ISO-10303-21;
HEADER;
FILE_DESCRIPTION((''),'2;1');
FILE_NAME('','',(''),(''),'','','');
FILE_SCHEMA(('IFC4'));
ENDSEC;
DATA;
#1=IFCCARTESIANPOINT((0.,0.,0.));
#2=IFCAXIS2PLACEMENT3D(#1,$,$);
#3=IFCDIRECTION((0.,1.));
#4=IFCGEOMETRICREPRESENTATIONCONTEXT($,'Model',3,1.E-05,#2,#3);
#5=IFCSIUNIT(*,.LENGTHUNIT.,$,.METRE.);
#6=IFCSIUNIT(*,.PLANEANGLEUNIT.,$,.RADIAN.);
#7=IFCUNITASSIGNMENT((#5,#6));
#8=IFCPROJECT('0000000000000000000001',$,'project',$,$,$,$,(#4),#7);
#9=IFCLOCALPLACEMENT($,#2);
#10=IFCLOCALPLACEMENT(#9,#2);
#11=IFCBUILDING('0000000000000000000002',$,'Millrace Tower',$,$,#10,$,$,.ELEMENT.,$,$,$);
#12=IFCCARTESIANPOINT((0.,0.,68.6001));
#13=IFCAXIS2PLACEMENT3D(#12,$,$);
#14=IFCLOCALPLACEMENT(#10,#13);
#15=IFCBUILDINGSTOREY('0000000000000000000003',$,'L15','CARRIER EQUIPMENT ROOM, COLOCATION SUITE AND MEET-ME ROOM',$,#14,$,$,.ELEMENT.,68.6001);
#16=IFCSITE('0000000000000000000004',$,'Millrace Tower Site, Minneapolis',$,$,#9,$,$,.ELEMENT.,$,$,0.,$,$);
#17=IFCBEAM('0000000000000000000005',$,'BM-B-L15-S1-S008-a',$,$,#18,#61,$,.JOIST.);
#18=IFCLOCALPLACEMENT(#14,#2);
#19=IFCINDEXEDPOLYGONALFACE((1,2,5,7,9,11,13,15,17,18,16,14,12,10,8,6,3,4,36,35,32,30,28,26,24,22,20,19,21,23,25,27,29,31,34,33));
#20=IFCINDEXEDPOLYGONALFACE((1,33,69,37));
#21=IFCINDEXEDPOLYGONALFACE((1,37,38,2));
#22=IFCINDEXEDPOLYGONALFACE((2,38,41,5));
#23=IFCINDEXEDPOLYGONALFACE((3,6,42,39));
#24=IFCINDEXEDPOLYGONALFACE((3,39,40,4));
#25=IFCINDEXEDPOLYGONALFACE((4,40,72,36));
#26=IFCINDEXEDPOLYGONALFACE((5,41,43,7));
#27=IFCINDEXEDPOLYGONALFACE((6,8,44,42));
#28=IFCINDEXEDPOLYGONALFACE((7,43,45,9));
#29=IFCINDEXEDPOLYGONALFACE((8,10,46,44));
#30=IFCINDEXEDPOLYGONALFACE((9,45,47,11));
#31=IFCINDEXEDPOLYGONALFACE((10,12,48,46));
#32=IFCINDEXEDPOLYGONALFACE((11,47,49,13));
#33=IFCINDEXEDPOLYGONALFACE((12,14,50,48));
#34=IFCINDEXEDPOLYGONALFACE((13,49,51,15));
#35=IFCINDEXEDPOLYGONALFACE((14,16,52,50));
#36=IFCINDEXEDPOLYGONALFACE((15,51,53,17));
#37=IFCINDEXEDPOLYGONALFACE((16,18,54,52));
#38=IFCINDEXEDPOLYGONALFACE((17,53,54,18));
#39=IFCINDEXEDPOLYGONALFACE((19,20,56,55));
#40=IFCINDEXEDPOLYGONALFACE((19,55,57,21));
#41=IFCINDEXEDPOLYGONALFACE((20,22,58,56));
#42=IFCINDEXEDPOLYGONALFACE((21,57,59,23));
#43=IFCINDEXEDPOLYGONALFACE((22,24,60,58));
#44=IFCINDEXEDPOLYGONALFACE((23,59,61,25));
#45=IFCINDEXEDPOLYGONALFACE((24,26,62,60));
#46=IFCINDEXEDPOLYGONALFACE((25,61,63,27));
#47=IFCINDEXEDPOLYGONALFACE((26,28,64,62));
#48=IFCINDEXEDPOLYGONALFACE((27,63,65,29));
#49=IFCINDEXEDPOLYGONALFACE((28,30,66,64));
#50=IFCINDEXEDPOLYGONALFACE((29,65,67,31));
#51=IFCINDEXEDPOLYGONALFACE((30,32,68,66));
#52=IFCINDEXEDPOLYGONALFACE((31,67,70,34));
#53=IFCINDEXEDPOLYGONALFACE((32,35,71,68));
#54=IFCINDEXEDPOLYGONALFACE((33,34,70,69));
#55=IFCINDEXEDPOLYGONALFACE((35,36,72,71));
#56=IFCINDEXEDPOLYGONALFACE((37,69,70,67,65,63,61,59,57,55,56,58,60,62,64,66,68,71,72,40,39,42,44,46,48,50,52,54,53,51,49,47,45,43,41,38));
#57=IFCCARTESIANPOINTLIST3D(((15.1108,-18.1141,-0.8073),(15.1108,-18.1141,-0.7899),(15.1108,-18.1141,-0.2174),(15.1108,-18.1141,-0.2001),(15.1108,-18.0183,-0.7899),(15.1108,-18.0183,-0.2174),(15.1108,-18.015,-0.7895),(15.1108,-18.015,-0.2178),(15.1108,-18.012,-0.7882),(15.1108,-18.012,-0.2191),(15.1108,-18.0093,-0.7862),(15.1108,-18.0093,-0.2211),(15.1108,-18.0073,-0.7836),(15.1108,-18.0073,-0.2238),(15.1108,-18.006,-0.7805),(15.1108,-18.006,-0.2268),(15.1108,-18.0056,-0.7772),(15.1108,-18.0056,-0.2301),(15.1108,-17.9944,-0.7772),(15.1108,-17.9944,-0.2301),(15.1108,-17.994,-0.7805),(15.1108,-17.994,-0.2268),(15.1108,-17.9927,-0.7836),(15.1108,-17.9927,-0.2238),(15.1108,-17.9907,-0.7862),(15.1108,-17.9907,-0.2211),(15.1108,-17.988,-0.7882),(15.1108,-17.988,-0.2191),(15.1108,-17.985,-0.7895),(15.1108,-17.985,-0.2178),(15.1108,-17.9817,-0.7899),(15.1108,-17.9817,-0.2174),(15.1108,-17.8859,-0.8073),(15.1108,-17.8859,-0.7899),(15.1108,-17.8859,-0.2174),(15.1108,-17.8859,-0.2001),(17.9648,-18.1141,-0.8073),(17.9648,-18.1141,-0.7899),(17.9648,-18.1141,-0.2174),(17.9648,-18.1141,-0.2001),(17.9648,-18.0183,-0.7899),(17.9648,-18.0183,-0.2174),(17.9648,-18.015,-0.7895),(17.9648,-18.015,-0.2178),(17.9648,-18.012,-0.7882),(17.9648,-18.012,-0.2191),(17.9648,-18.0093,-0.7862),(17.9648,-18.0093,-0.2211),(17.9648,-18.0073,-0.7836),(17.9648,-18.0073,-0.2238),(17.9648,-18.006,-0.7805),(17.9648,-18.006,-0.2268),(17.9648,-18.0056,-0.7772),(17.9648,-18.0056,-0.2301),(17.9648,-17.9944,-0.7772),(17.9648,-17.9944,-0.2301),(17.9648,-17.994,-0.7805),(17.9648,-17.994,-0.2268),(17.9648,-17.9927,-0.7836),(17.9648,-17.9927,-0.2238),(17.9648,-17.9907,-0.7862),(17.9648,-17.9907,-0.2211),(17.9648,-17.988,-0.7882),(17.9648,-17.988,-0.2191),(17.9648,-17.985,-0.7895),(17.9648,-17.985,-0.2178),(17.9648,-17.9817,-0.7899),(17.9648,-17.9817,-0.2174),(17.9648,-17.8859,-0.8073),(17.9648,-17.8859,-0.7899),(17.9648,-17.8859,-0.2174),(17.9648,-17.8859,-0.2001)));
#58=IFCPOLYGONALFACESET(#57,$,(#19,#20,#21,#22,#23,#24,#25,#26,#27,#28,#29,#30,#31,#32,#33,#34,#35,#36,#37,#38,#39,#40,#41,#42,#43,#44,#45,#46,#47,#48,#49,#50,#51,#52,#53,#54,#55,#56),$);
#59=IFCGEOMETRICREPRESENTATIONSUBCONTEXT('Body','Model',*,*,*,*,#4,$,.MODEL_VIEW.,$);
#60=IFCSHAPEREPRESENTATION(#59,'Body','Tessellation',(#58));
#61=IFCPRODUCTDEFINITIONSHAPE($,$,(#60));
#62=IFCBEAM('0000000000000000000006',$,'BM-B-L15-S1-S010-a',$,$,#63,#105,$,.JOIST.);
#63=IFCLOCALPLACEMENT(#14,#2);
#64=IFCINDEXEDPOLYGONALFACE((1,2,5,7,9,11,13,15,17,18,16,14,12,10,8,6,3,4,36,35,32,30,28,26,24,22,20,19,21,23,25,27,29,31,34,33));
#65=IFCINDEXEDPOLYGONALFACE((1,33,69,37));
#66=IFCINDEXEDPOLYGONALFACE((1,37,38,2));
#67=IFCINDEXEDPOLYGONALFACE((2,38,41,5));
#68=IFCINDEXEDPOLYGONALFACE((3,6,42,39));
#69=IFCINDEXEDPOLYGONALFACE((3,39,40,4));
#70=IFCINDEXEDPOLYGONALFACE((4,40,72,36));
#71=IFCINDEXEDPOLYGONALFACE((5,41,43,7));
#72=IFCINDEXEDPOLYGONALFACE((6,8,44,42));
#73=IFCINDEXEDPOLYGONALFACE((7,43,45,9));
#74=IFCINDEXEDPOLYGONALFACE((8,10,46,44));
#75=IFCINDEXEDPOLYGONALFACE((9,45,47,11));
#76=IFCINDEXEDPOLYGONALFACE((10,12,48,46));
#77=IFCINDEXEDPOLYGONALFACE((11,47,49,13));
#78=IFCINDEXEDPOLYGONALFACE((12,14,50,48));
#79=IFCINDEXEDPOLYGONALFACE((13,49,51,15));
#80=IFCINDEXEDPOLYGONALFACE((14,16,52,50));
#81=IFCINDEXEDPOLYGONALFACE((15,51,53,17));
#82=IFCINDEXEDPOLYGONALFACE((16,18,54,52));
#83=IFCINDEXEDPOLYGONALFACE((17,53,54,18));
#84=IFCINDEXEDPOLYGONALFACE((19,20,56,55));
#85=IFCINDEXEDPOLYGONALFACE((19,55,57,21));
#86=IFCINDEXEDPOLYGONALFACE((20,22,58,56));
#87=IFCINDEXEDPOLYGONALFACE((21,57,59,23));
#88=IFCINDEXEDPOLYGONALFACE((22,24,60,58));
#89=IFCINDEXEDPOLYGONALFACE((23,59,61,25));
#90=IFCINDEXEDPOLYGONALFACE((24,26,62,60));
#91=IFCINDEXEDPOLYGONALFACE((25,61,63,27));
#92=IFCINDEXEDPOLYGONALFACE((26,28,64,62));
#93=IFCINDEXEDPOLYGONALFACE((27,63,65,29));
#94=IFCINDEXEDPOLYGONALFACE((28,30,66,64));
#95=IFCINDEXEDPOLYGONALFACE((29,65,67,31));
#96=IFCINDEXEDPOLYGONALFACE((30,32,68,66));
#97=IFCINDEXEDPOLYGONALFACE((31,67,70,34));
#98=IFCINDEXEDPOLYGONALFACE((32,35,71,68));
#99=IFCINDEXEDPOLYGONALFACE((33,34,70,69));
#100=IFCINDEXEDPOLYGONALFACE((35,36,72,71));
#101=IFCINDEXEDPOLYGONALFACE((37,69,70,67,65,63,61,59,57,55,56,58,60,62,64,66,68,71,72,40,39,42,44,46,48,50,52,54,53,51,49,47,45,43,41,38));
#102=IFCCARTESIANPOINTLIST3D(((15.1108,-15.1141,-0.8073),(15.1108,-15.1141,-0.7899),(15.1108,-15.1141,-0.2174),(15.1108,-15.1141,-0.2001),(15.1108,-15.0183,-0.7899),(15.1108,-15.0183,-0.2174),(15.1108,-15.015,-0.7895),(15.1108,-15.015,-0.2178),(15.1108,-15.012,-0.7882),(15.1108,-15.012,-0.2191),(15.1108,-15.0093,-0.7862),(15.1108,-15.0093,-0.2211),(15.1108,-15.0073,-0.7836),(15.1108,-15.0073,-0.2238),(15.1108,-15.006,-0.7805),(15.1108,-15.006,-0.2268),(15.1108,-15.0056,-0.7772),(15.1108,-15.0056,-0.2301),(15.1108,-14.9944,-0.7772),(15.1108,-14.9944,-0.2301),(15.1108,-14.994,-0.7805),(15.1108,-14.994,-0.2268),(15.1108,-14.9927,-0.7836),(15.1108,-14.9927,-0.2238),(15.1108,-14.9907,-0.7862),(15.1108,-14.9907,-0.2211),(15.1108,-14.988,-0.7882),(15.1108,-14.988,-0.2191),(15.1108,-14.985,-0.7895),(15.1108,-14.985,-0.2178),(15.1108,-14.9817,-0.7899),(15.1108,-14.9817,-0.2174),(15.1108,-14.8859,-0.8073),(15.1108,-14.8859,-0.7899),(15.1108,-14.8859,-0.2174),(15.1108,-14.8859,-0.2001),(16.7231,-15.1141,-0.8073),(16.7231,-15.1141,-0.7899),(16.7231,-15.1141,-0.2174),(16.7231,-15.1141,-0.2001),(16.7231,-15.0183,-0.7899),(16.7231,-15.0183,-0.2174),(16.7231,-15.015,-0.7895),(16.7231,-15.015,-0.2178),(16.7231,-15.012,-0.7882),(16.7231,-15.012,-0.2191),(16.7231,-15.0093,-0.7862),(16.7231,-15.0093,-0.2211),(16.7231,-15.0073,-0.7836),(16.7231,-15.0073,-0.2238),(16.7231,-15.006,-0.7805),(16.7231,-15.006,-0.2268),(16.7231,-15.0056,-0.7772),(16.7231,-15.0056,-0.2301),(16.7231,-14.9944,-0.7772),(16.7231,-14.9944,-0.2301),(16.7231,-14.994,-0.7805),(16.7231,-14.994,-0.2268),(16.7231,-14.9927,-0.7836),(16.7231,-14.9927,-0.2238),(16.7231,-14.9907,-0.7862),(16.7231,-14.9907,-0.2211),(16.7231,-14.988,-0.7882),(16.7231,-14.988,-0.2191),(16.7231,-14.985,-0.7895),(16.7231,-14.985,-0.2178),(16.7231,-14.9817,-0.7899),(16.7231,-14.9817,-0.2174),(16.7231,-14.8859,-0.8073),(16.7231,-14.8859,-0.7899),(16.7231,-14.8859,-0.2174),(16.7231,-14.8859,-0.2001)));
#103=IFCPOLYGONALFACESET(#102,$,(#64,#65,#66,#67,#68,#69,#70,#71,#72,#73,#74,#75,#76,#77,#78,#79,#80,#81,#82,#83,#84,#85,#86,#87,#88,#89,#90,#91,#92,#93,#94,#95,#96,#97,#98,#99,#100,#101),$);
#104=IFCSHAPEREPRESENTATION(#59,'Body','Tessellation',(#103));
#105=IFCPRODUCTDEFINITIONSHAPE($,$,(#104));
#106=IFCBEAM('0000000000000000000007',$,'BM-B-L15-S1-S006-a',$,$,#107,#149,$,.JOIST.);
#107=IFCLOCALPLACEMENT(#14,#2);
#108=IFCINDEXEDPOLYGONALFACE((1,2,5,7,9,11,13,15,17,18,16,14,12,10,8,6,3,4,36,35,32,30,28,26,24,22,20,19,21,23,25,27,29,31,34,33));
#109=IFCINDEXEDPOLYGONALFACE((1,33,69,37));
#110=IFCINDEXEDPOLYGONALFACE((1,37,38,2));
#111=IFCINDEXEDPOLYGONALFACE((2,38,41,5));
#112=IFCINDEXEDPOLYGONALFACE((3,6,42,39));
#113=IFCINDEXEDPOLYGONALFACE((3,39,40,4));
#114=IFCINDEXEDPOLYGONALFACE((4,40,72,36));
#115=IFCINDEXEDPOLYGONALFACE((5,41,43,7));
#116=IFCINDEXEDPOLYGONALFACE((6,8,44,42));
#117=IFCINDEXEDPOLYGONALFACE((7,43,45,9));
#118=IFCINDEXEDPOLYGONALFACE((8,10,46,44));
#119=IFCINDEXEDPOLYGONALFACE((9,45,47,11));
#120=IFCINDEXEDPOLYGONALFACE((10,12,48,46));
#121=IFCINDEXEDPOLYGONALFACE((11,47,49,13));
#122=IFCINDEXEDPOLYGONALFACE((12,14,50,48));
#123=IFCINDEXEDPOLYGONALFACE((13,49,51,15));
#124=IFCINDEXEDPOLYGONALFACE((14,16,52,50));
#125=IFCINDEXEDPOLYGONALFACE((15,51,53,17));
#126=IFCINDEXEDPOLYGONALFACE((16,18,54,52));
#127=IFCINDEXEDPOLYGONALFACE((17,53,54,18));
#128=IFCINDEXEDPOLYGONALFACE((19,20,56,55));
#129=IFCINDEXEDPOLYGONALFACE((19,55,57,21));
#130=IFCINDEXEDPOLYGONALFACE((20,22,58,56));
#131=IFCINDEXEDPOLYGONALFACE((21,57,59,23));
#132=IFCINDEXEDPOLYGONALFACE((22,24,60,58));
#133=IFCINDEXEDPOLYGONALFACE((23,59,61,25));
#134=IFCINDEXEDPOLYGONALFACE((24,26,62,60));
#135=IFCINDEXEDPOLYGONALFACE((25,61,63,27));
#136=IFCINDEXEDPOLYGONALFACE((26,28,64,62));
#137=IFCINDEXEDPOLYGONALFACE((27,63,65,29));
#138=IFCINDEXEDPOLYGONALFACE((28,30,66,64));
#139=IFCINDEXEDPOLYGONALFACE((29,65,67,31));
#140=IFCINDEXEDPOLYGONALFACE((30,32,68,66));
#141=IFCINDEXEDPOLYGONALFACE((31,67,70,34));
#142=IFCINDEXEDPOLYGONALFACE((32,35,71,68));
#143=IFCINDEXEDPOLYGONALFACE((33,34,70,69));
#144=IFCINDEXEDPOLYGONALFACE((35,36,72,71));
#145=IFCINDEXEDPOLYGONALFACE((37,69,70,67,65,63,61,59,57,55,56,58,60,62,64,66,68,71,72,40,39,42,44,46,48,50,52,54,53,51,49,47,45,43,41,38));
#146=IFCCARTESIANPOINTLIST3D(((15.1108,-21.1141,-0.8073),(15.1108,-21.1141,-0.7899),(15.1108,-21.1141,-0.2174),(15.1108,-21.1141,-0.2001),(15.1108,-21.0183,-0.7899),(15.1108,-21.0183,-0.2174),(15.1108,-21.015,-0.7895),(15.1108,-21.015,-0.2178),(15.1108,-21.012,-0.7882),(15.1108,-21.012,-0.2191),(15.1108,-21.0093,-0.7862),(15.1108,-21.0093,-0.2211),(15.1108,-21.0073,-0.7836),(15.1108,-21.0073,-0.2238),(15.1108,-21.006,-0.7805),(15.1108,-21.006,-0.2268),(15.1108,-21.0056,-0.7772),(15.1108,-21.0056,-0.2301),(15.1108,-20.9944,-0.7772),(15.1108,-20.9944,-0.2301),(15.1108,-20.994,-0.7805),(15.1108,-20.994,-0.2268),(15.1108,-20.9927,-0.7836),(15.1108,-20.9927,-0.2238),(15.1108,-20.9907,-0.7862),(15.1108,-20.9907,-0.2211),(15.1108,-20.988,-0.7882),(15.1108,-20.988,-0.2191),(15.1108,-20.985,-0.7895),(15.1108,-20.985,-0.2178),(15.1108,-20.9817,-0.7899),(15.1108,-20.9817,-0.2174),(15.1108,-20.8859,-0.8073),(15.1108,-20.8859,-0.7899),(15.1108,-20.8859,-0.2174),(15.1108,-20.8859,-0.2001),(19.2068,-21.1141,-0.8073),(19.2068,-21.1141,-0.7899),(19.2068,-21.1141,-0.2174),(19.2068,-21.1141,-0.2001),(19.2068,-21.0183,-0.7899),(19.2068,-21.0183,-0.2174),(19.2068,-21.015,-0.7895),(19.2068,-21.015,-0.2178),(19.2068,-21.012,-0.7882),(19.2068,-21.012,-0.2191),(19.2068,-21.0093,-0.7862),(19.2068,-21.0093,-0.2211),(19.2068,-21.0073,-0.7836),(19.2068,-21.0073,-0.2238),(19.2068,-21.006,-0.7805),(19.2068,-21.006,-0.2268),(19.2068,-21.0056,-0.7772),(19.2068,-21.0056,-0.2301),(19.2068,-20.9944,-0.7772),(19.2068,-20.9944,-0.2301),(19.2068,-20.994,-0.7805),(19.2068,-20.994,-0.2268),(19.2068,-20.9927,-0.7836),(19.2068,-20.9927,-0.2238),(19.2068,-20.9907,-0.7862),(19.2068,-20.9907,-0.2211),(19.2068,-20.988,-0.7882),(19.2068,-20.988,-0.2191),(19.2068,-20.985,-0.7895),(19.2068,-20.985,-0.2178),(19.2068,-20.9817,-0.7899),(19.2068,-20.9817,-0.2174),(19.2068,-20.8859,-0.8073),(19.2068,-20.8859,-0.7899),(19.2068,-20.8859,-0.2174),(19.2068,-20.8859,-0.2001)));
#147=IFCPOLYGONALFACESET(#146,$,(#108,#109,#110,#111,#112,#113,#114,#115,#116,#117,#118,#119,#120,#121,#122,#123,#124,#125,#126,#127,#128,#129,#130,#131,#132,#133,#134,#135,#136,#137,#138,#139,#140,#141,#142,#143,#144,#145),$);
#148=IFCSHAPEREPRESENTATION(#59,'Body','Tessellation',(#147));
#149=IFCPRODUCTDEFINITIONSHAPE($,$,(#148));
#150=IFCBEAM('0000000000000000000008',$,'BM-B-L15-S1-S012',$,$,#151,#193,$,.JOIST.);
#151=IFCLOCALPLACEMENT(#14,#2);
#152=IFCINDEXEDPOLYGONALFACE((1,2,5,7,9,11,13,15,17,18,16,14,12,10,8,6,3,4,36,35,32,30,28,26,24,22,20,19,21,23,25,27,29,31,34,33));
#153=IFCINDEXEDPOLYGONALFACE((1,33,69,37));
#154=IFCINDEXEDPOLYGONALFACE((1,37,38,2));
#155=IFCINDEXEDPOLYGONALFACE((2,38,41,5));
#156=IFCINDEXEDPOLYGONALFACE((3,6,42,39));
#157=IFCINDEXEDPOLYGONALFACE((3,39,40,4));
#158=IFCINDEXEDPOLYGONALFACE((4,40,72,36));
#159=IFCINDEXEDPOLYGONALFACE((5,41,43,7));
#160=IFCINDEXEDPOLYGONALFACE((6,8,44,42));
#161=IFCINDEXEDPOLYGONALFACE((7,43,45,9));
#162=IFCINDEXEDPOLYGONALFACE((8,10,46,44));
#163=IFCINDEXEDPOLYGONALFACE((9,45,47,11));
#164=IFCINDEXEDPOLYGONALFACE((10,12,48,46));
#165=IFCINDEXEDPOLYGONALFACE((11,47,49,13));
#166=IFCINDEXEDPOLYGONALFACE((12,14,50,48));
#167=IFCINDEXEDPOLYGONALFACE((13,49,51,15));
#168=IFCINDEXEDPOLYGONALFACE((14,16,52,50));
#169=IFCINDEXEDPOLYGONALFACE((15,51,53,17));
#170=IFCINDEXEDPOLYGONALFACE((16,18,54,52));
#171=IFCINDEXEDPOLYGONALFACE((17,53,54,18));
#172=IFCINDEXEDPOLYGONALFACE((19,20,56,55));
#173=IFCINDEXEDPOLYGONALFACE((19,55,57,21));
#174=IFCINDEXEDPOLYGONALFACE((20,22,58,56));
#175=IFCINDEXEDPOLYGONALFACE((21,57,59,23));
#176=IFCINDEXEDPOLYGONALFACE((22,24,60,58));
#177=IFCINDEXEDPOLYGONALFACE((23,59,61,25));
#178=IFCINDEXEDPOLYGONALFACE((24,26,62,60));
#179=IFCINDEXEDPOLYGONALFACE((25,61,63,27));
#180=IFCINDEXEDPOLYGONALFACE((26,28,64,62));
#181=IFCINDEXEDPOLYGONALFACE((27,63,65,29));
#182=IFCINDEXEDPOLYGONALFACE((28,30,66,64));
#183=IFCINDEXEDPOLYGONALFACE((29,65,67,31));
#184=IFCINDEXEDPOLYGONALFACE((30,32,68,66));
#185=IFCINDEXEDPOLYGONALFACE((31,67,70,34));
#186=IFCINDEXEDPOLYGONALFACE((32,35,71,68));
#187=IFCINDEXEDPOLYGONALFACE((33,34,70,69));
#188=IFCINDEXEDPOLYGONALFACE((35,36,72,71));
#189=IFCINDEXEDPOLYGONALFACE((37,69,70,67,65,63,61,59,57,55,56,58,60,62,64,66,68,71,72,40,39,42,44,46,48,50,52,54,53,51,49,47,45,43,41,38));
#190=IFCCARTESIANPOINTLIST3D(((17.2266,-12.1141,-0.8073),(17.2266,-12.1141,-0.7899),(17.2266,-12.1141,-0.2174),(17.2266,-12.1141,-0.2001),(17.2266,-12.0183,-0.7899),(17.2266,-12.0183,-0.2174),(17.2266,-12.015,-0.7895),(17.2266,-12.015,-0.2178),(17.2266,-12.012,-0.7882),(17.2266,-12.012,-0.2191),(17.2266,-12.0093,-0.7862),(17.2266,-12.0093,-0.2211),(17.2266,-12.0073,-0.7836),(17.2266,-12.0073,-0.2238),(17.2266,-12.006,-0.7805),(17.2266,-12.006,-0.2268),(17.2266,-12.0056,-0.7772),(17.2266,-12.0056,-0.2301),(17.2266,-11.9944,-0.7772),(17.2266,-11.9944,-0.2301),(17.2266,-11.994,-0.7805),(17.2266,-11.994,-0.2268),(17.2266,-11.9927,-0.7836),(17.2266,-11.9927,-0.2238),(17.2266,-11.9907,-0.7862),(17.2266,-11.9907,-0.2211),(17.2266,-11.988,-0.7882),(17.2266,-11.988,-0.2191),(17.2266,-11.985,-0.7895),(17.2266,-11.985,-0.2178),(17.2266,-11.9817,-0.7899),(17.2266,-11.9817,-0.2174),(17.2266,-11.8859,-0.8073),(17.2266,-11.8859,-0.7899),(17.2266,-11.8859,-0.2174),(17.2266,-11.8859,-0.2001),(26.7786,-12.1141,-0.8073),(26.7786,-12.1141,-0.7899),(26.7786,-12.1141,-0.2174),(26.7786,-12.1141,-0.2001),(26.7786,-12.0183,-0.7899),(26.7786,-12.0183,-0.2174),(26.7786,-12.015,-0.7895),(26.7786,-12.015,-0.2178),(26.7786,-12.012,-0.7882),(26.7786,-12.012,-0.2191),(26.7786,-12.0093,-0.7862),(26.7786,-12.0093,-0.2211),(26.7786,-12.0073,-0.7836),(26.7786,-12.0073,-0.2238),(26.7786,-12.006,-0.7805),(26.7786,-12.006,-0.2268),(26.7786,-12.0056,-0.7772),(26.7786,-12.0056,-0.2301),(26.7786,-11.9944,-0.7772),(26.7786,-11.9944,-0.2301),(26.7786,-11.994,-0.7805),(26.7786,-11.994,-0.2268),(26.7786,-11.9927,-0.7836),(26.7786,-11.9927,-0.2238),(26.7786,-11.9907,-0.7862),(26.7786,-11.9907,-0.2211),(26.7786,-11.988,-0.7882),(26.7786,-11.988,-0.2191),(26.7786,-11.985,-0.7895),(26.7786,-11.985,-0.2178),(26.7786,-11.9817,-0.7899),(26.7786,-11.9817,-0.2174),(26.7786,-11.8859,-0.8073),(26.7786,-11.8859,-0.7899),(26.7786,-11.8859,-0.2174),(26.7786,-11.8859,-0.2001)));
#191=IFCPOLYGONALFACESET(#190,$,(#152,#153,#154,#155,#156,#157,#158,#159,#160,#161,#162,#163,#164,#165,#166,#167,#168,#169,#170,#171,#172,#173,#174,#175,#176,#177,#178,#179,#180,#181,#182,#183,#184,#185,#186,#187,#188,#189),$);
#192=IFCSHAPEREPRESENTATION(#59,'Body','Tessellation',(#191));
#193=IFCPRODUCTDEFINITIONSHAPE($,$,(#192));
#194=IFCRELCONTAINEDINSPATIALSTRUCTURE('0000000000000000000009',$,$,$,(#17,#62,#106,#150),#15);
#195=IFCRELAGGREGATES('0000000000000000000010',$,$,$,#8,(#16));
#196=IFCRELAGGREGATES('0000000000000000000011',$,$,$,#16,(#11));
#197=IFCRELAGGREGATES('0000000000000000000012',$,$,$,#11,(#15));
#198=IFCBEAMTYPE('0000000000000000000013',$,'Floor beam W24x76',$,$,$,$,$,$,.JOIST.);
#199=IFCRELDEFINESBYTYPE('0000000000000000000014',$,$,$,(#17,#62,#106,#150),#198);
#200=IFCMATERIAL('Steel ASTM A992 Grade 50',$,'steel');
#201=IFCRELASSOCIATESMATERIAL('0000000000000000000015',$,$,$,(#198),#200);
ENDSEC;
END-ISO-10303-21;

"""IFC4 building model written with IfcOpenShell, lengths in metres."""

from ifc_helpers import new_model, si_unit, direction, frame, origin, origin_2d, place, context, subcontext, project, spatial, i_section, extrude, material, material_profile, profile_set, type_object, element, save


model = new_model("IFC4")

# Units and contexts
model_context = context("Model", 3, precision=1e-05, world=origin(), true_north=direction((0.0, 1.0)))
body_context = subcontext(model_context, "Body", "Model", "MODEL_VIEW")
ifc_project = project(units=[si_unit("LENGTHUNIT", "METRE"), si_unit("PLANEANGLEUNIT", "RADIAN")], contexts=[model_context])

# Site, building, storey
site_placement = place(None, origin())
site = spatial("IfcSite", under=ifc_project, at=site_placement, Name="Millrace Tower Site, Minneapolis", CompositionType="ELEMENT", RefElevation=0.0)
building_placement = place(site_placement, origin())
building = spatial("IfcBuilding", under=site, at=building_placement, Name="Millrace Tower", CompositionType="ELEMENT")
storey_placement = place(building_placement, frame((0.0, 0.0, 68.6001)))
storey = spatial("IfcBuildingStorey", under=building, at=storey_placement, Name="L15", Description="CARRIER EQUIPMENT ROOM, COLOCATION SUITE AND MEET-ME ROOM", CompositionType="ELEMENT", Elevation=68.6001)

# Beams
ifc_material_1 = material(Name="Steel ASTM A992 Grade 50", Category="steel")
ifc_material_profile_1 = material_profile(ifc_material_1, i_section(OverallWidth=0.2283, OverallDepth=0.6072, WebThickness=0.0112, FlangeThickness=0.0173, FilletRadius=0.0127, at=origin_2d()))
ifc_profile_set_1 = profile_set([ifc_material_profile_1], Name="Steel ASTM A992 Grade 50")
beam_type_1 = type_object("IfcBeamType", Name="Floor beam W24x76", PredefinedType="JOIST", material=ifc_profile_set_1)
beam_1_placement = place(storey_placement, frame((15.1108, -18.0, -0.5037), z_axis=(1.0, 0.0, 0.0), x_axis=(0.0, 1.0, 0.0)))
element("IfcBeam", 1, at=beam_1_placement, inside=storey, type_object=beam_type_1, Name="BM-B-L15-S1-S008-a", PredefinedType="JOIST", context=body_context, shape_type="SweptSolid", body=[
    extrude(i_section(OverallWidth=0.2283, OverallDepth=0.6072, WebThickness=0.0112, FlangeThickness=0.0173, FilletRadius=0.0127, at=origin_2d()), origin(), (0.0, 0.0, 1.0), 2.854),
])
beam_2_placement = place(storey_placement, frame((15.1108, -15.0, -0.5037), z_axis=(1.0, 0.0, 0.0), x_axis=(0.0, 1.0, 0.0)))
element("IfcBeam", 2, at=beam_2_placement, inside=storey, type_object=beam_type_1, Name="BM-B-L15-S1-S010-a", PredefinedType="JOIST", context=body_context, shape_type="SweptSolid", body=[
    extrude(i_section(OverallWidth=0.2283, OverallDepth=0.6072, WebThickness=0.0112, FlangeThickness=0.0173, FilletRadius=0.0127, at=origin_2d()), origin(), (0.0, 0.0, 1.0), 1.6123),
])
beam_3_placement = place(storey_placement, frame((15.1108, -21.0, -0.5037), z_axis=(1.0, 0.0, 0.0), x_axis=(0.0, 1.0, 0.0)))
element("IfcBeam", 3, at=beam_3_placement, inside=storey, type_object=beam_type_1, Name="BM-B-L15-S1-S006-a", PredefinedType="JOIST", context=body_context, shape_type="SweptSolid", body=[
    extrude(i_section(OverallWidth=0.2283, OverallDepth=0.6072, WebThickness=0.0112, FlangeThickness=0.0173, FilletRadius=0.0127, at=origin_2d()), origin(), (0.0, 0.0, 1.0), 4.0959),
])
beam_4_placement = place(storey_placement, frame((17.2266, -12.0, -0.5037), z_axis=(1.0, 0.0, 0.0), x_axis=(0.0, 1.0, 0.0)))
element("IfcBeam", 4, at=beam_4_placement, inside=storey, type_object=beam_type_1, Name="BM-B-L15-S1-S012", PredefinedType="JOIST", context=body_context, shape_type="SweptSolid", body=[
    extrude(i_section(OverallWidth=0.2283, OverallDepth=0.6072, WebThickness=0.0112, FlangeThickness=0.0173, FilletRadius=0.0127, at=origin_2d()), origin(), (0.0, 0.0, 1.0), 9.552),
])

save(model, "model.ifc")
